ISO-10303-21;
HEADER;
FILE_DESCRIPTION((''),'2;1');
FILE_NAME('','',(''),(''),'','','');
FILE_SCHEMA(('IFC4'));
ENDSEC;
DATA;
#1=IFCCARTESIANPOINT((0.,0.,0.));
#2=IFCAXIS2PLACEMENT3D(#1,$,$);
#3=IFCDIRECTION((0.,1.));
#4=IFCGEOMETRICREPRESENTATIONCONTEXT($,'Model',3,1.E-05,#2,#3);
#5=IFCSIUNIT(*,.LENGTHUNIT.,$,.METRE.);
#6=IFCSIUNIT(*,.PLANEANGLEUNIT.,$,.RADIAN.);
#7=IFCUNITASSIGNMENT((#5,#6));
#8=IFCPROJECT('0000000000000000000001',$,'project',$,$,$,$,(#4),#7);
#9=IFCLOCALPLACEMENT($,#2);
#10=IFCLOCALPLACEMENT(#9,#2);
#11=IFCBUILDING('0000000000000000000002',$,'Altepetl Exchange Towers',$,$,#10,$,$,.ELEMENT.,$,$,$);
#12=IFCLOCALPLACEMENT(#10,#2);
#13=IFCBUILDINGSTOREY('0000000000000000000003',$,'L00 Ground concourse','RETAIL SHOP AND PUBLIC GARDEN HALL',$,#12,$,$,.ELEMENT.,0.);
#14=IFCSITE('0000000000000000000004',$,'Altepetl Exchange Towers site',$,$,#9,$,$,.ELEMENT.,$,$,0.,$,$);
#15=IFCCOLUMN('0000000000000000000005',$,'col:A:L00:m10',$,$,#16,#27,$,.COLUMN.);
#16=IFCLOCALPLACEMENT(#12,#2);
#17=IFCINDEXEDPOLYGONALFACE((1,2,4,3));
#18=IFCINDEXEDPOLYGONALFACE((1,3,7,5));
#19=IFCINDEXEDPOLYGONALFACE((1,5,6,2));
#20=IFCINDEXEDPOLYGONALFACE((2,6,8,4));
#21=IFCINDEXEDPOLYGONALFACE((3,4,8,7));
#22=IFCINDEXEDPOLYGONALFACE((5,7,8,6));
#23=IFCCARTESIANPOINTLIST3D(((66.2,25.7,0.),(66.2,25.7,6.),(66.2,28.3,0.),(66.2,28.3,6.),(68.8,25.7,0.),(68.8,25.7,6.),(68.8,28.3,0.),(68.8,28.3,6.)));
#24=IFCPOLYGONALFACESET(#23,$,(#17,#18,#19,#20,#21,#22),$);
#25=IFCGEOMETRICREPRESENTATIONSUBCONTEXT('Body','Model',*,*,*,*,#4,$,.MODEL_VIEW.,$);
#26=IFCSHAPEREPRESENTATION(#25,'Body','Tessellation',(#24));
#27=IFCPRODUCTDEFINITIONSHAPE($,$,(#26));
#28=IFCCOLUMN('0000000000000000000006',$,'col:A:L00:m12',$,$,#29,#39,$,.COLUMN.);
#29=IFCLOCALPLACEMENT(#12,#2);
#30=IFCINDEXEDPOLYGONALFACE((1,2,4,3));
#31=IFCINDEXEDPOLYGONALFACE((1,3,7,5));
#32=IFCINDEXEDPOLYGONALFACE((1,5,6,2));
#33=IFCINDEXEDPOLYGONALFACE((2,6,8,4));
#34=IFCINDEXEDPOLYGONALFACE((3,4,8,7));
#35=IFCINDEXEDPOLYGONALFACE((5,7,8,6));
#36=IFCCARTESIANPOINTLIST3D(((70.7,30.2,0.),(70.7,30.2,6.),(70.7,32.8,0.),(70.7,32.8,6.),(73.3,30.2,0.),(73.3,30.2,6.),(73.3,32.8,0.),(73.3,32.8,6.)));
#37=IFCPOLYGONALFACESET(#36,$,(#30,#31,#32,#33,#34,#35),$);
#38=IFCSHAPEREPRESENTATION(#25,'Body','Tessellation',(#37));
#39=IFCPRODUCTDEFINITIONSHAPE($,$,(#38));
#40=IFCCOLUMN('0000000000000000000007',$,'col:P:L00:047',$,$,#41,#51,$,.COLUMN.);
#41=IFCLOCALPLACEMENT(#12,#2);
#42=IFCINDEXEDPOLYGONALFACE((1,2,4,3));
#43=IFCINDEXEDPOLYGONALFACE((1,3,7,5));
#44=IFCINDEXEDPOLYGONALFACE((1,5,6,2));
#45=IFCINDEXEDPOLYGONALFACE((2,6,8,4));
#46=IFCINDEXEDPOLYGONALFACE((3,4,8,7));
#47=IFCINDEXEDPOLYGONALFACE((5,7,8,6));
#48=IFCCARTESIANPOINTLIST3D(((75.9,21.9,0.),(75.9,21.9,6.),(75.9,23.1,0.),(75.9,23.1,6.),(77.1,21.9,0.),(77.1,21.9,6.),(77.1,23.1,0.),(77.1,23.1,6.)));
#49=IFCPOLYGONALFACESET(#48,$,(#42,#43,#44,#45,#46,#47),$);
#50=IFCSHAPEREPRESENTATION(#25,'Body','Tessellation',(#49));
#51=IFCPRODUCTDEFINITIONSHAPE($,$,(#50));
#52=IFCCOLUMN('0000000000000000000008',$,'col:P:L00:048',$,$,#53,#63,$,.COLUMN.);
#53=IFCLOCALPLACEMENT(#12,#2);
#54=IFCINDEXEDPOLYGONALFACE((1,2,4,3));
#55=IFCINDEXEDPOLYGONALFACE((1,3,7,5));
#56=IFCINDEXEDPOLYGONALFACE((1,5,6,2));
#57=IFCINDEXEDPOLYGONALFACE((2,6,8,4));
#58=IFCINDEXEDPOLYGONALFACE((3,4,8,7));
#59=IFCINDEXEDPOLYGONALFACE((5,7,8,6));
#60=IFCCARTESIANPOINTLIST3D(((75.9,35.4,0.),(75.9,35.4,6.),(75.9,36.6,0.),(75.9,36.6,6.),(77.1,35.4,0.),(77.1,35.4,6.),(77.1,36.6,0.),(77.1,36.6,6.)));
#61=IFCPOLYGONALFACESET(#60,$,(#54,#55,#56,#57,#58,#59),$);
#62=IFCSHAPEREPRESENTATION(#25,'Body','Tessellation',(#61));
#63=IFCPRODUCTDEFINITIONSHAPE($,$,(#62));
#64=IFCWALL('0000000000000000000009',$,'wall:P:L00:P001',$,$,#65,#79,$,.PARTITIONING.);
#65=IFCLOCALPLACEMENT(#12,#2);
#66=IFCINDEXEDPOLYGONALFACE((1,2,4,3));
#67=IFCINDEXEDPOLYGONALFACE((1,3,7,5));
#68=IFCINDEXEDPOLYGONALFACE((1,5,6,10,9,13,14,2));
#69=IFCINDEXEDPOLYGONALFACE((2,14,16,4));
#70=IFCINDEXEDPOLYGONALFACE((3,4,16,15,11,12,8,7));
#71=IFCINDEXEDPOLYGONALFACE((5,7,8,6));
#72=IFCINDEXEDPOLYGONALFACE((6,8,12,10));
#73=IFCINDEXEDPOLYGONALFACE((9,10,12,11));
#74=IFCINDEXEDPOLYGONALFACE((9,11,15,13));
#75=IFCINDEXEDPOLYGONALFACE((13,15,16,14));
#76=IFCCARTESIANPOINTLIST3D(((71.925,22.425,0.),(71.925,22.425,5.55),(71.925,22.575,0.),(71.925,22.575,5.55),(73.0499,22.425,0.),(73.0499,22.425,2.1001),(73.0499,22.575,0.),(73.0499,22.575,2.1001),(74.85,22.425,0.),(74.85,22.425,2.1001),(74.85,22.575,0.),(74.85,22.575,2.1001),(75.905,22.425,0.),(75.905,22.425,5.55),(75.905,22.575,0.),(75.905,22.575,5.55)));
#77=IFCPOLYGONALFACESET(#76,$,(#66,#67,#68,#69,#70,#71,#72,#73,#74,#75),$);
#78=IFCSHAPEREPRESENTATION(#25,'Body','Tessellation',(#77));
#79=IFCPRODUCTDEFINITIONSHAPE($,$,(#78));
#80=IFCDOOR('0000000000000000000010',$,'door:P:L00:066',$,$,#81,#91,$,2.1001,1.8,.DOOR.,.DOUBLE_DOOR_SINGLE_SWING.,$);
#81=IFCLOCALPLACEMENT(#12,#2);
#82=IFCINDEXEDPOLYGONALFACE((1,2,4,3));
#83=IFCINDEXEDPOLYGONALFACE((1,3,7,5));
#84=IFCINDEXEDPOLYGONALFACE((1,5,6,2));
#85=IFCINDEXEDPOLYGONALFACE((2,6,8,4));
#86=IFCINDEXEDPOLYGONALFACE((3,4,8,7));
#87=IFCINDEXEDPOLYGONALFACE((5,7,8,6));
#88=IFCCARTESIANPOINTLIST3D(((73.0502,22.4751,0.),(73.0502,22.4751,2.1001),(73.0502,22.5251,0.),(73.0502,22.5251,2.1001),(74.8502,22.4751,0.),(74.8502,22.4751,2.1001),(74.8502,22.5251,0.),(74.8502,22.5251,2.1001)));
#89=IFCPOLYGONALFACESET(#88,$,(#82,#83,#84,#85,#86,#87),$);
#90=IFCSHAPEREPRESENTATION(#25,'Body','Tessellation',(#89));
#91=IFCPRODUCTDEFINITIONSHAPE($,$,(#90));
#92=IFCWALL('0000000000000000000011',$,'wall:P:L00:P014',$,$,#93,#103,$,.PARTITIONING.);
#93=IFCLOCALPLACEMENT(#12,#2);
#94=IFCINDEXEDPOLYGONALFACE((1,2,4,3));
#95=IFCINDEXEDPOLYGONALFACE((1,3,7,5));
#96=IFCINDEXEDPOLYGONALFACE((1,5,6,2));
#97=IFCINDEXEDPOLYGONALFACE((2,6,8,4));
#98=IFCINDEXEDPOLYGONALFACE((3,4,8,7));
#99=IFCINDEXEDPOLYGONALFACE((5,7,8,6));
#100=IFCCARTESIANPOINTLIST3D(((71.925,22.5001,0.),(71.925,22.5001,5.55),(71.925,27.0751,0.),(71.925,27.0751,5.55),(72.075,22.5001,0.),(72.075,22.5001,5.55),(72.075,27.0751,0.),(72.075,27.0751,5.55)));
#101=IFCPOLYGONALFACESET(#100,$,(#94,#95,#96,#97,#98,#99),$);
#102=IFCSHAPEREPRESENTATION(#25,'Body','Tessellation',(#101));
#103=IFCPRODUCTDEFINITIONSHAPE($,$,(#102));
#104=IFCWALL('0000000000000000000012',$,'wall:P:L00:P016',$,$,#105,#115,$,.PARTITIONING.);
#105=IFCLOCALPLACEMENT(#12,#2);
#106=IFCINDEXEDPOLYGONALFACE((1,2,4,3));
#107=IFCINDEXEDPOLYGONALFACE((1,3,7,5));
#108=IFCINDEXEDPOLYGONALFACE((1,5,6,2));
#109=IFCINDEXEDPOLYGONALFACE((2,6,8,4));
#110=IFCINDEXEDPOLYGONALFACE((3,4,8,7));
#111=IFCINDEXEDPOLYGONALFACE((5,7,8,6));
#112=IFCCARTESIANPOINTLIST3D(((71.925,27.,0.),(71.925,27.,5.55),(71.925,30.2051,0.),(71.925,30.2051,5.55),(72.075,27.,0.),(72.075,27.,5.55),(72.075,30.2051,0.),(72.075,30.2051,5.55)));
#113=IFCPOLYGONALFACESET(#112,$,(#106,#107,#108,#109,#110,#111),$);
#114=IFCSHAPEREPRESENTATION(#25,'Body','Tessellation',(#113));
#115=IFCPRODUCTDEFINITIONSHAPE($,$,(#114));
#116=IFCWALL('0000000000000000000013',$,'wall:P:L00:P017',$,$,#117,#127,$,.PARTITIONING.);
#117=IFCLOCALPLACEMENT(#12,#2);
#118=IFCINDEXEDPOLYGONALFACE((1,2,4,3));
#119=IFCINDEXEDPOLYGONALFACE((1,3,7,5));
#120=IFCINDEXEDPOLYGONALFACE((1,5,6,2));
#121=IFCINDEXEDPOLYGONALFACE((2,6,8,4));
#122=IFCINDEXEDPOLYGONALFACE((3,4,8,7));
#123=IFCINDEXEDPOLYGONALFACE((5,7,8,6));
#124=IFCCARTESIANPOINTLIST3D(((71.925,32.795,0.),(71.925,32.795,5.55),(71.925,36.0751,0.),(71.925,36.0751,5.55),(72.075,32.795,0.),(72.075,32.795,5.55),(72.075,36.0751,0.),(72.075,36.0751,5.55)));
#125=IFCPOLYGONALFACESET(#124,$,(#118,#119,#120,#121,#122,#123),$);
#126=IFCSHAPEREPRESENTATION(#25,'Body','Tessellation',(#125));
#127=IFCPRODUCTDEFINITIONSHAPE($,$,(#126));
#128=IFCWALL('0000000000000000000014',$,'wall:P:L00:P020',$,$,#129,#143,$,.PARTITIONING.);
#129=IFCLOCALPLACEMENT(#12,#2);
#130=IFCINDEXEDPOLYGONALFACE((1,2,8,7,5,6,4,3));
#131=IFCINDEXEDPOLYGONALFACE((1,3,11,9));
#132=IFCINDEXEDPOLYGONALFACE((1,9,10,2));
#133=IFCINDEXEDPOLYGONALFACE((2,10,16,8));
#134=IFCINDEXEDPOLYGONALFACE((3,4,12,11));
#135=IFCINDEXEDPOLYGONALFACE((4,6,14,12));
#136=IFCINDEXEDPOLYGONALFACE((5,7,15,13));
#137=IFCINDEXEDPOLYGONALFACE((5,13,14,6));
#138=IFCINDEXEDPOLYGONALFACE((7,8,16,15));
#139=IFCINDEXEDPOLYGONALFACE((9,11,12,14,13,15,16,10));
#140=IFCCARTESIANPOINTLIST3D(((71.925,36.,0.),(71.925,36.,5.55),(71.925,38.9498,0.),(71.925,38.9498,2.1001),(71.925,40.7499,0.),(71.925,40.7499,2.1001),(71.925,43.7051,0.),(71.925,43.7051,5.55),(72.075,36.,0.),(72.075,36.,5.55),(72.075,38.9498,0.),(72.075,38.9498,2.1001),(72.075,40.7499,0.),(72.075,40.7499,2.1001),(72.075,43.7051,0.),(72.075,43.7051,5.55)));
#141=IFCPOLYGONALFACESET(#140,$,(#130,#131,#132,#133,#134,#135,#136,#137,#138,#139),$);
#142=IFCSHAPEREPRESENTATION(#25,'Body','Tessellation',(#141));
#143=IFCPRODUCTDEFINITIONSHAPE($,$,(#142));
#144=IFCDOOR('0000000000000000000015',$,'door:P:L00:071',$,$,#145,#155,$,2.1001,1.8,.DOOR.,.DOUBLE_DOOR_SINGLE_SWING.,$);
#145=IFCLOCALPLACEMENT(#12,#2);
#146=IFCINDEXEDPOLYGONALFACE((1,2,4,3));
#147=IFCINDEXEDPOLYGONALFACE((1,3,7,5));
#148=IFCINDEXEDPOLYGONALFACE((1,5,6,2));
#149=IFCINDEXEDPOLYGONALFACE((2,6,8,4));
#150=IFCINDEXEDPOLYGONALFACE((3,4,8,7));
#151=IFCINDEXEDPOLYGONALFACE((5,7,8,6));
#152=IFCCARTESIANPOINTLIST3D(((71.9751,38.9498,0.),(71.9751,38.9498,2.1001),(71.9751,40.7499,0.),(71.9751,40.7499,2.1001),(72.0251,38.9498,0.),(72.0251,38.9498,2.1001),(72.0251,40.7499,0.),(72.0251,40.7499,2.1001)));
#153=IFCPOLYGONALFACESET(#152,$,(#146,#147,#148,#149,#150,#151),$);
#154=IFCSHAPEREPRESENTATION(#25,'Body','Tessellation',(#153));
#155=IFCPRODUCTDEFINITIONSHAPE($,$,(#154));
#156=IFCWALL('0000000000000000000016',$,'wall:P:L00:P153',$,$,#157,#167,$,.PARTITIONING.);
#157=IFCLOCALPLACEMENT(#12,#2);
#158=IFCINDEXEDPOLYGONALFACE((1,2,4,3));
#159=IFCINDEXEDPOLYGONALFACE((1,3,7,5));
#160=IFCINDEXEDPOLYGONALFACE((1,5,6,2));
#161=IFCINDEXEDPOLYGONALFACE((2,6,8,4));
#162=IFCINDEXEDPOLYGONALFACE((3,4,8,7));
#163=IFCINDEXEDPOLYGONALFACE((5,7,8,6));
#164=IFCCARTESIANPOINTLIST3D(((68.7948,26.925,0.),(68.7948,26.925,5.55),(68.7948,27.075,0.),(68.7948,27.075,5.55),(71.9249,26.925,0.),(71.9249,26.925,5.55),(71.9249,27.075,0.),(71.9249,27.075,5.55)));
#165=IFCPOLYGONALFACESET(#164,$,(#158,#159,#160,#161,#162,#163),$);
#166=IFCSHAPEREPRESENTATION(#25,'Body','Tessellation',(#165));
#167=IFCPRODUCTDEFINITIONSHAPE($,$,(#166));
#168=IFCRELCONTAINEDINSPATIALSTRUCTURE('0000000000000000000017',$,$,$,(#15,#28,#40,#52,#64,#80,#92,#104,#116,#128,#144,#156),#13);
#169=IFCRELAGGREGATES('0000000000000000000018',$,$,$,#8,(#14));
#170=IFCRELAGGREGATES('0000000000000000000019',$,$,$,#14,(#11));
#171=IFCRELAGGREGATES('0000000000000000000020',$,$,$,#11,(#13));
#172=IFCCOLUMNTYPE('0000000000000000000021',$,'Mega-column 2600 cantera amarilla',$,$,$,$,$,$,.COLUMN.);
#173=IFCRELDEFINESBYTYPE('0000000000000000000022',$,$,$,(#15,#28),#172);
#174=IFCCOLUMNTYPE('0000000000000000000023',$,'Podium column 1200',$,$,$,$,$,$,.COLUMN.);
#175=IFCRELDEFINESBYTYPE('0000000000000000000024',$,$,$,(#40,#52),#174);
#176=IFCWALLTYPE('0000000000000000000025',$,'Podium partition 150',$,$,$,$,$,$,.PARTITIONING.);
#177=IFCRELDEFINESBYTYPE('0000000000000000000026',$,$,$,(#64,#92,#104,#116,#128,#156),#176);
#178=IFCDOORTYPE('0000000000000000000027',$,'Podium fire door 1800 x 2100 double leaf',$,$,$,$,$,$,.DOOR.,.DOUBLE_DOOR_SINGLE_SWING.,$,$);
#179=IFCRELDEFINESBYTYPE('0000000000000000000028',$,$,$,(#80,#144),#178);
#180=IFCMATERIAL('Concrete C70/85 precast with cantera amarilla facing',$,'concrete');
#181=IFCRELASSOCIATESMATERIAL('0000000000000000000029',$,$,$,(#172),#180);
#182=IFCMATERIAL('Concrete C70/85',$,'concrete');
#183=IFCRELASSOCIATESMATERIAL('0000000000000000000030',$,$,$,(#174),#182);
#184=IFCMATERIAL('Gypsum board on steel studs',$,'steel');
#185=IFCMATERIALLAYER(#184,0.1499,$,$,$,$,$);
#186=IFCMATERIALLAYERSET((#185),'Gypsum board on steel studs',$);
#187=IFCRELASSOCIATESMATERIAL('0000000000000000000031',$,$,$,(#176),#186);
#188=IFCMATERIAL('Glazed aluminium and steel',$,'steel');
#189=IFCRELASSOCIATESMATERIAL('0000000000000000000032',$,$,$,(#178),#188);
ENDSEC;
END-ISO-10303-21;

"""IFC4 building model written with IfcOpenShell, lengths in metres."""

from ifc_helpers import new_model, si_unit, direction, frame, frame_2d, origin, origin_2d, place, context, subcontext, project, spatial, rectangle, extrude, material, layer, layer_set, material_profile, profile_set, type_object, element, fill, save


model = new_model("IFC4")

# Units and contexts
model_context = context("Model", 3, precision=1e-05, world=origin(), true_north=direction((0.0, 1.0)))
body_context = subcontext(model_context, "Body", "Model", "MODEL_VIEW")
ifc_project = project(units=[si_unit("LENGTHUNIT", "METRE"), si_unit("PLANEANGLEUNIT", "RADIAN")], contexts=[model_context])

# Site, building, storey
site_placement = place(None, origin())
site = spatial("IfcSite", under=ifc_project, at=site_placement, Name="Altepetl Exchange Towers site", CompositionType="ELEMENT", RefElevation=0.0)
building_placement = place(site_placement, origin())
building = spatial("IfcBuilding", under=site, at=building_placement, Name="Altepetl Exchange Towers", CompositionType="ELEMENT")
storey_placement = place(building_placement, origin())
storey = spatial("IfcBuildingStorey", under=building, at=storey_placement, Name="L00 Ground concourse", Description="RETAIL SHOP AND PUBLIC GARDEN HALL", CompositionType="ELEMENT", Elevation=0.0)

# Columns
ifc_material_1 = material(Name="Concrete C70/85 precast with cantera amarilla facing", Category="concrete")
ifc_material_profile_1 = material_profile(ifc_material_1, rectangle(XDim=2.6001, YDim=2.6001, at=origin_2d()), Name="2600 x 2600")
ifc_profile_set_1 = profile_set([ifc_material_profile_1], Name="Concrete C70/85 precast with cantera amarilla facing")
column_type_1 = type_object("IfcColumnType", Name="Mega-column 2600 cantera amarilla", PredefinedType="COLUMN", material=ifc_profile_set_1)
for number, where, name in (
    (1, (67.5, 27.0, 0.0), "col:A:L00:m10"),
    (2, (72.0, 31.5, 0.0), "col:A:L00:m12"),
):
    element("IfcColumn", number, at=place(storey_placement, frame(where)), inside=storey, type_object=column_type_1, Name=name, PredefinedType="COLUMN", context=body_context, shape_type="SweptSolid", body=[
        extrude(rectangle(XDim=2.6001, YDim=2.6001, at=origin_2d()), origin(), (0.0, 0.0, 1.0), 6.0),
    ])
ifc_material_2 = material(Name="Concrete C70/85", Category="concrete")
ifc_material_profile_2 = material_profile(ifc_material_2, rectangle(XDim=1.2, YDim=1.2, at=origin_2d()), Name="1200 x 1200")
ifc_profile_set_2 = profile_set([ifc_material_profile_2], Name="Concrete C70/85")
column_type_2 = type_object("IfcColumnType", Name="Podium column 1200", PredefinedType="COLUMN", material=ifc_profile_set_2)
for number, where, name in (
    (3, (76.5, 22.5, 0.0), "col:P:L00:047"),
    (4, (76.5, 36.0, 0.0), "col:P:L00:048"),
):
    element("IfcColumn", number, at=place(storey_placement, frame(where)), inside=storey, type_object=column_type_2, Name=name, PredefinedType="COLUMN", context=body_context, shape_type="SweptSolid", body=[
        extrude(rectangle(XDim=1.2, YDim=1.2, at=origin_2d()), origin(), (0.0, 0.0, 1.0), 6.0),
    ])

# Wall, opening, door
ifc_material_3 = material(Name="Gypsum board on steel studs", Category="steel")
ifc_layer_1 = layer(ifc_material_3, 0.1499)
ifc_layer_set_1 = layer_set([ifc_layer_1], Name="Gypsum board on steel studs")
wall_type_1 = type_object("IfcWallType", Name="Podium partition 150", PredefinedType="PARTITIONING", material=ifc_layer_set_1)
wall_1_placement = place(storey_placement, frame((71.925, 22.5, 0.0)))
wall_1 = element("IfcWall", 5, at=wall_1_placement, inside=storey, type_object=wall_type_1, Name="wall:P:L00:P001", PredefinedType="PARTITIONING", context=body_context, shape_type="SweptSolid", body=[
    extrude(rectangle(XDim=3.98, YDim=0.1499, at=frame_2d((1.99, 0.0))), origin(), (0.0, 0.0, 1.0), 5.55),
])
opening_1_placement = place(wall_1_placement, frame((1.125, 0.0, 0.0)))
opening_1 = element("IfcOpeningElement", 6, at=opening_1_placement, cuts=wall_1, PredefinedType="OPENING", context=body_context, shape_type="SweptSolid", body=[
    extrude(rectangle(XDim=1.8, YDim=2.1001, at=frame_2d((0.8999, 1.05))), frame((0.0, 0.085, 0.0), z_axis=(0.0, -1.0, 0.0), x_axis=(1.0, 0.0, 0.0)), (0.0, 0.0, 1.0), 0.1699),
])
ifc_material_4 = material(Name="Glazed aluminium and steel", Category="steel")
door_type_1 = type_object("IfcDoorType", Name="Podium fire door 1800 x 2100 double leaf", OperationType="DOUBLE_DOOR_SINGLE_SWING", PredefinedType="DOOR", material=ifc_material_4)
door_1_placement = place(opening_1_placement, frame((1.8, 0.0, 0.0), x_axis=(-1.0, 0.0, 0.0)))
door_1 = element("IfcDoor", 7, at=door_1_placement, inside=storey, type_object=door_type_1, Name="door:P:L00:066", OperationType="DOUBLE_DOOR_SINGLE_SWING", OverallHeight=2.1001, OverallWidth=1.8, PredefinedType="DOOR", context=body_context, shape_type="SweptSolid", body=[
    extrude(rectangle(XDim=1.8, YDim=2.1001, at=frame_2d((0.8999, 1.05))), frame((0.0, 0.0249, 0.0), z_axis=(0.0, -1.0, 0.0), x_axis=(1.0, 0.0, 0.0)), (0.0, 0.0, 1.0), 0.05),
])
fill(opening_1, door_1)

# Walls
wall_2_placement = place(storey_placement, frame((72.0, 22.5, 0.0), z_axis=(0.0, 0.0, 1.0), x_axis=(0.0, 1.0, 0.0)))
element("IfcWall", 8, at=wall_2_placement, inside=storey, type_object=wall_type_1, Name="wall:P:L00:P014", PredefinedType="PARTITIONING", context=body_context, shape_type="SweptSolid", body=[
    extrude(rectangle(XDim=4.575, YDim=0.1499, at=frame_2d((2.2876, 0.0))), origin(), (0.0, 0.0, 1.0), 5.55),
])
wall_3_placement = place(storey_placement, frame((72.0, 27.0, 0.0), z_axis=(0.0, 0.0, 1.0), x_axis=(0.0, 1.0, 0.0)))
element("IfcWall", 9, at=wall_3_placement, inside=storey, type_object=wall_type_1, Name="wall:P:L00:P016", PredefinedType="PARTITIONING", context=body_context, shape_type="SweptSolid", body=[
    extrude(rectangle(XDim=3.2051, YDim=0.1499, at=frame_2d((1.6025, 0.0))), origin(), (0.0, 0.0, 1.0), 5.55),
])
wall_4_placement = place(storey_placement, frame((72.0, 32.7949, 0.0), z_axis=(0.0, 0.0, 1.0), x_axis=(0.0, 1.0, 0.0)))
element("IfcWall", 10, at=wall_4_placement, inside=storey, type_object=wall_type_1, Name="wall:P:L00:P017", PredefinedType="PARTITIONING", context=body_context, shape_type="SweptSolid", body=[
    extrude(rectangle(XDim=3.28, YDim=0.1499, at=frame_2d((1.6401, 0.0))), origin(), (0.0, 0.0, 1.0), 5.55),
])

# Wall, opening, door
wall_5_placement = place(storey_placement, frame((72.0, 36.0, 0.0), z_axis=(0.0, 0.0, 1.0), x_axis=(0.0, 1.0, 0.0)))
wall_5 = element("IfcWall", 11, at=wall_5_placement, inside=storey, type_object=wall_type_1, Name="wall:P:L00:P020", PredefinedType="PARTITIONING", context=body_context, shape_type="SweptSolid", body=[
    extrude(rectangle(XDim=7.7051, YDim=0.1499, at=frame_2d((3.8525, 0.0))), origin(), (0.0, 0.0, 1.0), 5.55),
])
opening_2_placement = place(wall_5_placement, frame((2.95, 0.0, 0.0)))
opening_2 = element("IfcOpeningElement", 12, at=opening_2_placement, cuts=wall_5, PredefinedType="OPENING", context=body_context, shape_type="SweptSolid", body=[
    extrude(rectangle(XDim=1.8, YDim=2.1001, at=frame_2d((0.8999, 1.05))), frame((0.0, 0.085, 0.0), z_axis=(0.0, -1.0, 0.0), x_axis=(1.0, 0.0, 0.0)), (0.0, 0.0, 1.0), 0.1699),
])
door_2_placement = place(opening_2_placement, origin())
door_2 = element("IfcDoor", 13, at=door_2_placement, inside=storey, type_object=door_type_1, Name="door:P:L00:071", OperationType="DOUBLE_DOOR_SINGLE_SWING", OverallHeight=2.1001, OverallWidth=1.8, PredefinedType="DOOR", context=body_context, shape_type="SweptSolid", body=[
    extrude(rectangle(XDim=1.8, YDim=2.1001, at=frame_2d((0.8999, 1.05))), frame((0.0, 0.0249, 0.0), z_axis=(0.0, -1.0, 0.0), x_axis=(1.0, 0.0, 0.0)), (0.0, 0.0, 1.0), 0.05),
])
fill(opening_2, door_2)

# Wall
wall_6_placement = place(storey_placement, frame((68.7949, 27.0, 0.0)))
element("IfcWall", 14, at=wall_6_placement, inside=storey, type_object=wall_type_1, Name="wall:P:L00:P153", PredefinedType="PARTITIONING", context=body_context, shape_type="SweptSolid", body=[
    extrude(rectangle(XDim=3.1301, YDim=0.1499, at=frame_2d((1.5649, 0.0))), origin(), (0.0, 0.0, 1.0), 5.55),
])

save(model, "model.ifc")
